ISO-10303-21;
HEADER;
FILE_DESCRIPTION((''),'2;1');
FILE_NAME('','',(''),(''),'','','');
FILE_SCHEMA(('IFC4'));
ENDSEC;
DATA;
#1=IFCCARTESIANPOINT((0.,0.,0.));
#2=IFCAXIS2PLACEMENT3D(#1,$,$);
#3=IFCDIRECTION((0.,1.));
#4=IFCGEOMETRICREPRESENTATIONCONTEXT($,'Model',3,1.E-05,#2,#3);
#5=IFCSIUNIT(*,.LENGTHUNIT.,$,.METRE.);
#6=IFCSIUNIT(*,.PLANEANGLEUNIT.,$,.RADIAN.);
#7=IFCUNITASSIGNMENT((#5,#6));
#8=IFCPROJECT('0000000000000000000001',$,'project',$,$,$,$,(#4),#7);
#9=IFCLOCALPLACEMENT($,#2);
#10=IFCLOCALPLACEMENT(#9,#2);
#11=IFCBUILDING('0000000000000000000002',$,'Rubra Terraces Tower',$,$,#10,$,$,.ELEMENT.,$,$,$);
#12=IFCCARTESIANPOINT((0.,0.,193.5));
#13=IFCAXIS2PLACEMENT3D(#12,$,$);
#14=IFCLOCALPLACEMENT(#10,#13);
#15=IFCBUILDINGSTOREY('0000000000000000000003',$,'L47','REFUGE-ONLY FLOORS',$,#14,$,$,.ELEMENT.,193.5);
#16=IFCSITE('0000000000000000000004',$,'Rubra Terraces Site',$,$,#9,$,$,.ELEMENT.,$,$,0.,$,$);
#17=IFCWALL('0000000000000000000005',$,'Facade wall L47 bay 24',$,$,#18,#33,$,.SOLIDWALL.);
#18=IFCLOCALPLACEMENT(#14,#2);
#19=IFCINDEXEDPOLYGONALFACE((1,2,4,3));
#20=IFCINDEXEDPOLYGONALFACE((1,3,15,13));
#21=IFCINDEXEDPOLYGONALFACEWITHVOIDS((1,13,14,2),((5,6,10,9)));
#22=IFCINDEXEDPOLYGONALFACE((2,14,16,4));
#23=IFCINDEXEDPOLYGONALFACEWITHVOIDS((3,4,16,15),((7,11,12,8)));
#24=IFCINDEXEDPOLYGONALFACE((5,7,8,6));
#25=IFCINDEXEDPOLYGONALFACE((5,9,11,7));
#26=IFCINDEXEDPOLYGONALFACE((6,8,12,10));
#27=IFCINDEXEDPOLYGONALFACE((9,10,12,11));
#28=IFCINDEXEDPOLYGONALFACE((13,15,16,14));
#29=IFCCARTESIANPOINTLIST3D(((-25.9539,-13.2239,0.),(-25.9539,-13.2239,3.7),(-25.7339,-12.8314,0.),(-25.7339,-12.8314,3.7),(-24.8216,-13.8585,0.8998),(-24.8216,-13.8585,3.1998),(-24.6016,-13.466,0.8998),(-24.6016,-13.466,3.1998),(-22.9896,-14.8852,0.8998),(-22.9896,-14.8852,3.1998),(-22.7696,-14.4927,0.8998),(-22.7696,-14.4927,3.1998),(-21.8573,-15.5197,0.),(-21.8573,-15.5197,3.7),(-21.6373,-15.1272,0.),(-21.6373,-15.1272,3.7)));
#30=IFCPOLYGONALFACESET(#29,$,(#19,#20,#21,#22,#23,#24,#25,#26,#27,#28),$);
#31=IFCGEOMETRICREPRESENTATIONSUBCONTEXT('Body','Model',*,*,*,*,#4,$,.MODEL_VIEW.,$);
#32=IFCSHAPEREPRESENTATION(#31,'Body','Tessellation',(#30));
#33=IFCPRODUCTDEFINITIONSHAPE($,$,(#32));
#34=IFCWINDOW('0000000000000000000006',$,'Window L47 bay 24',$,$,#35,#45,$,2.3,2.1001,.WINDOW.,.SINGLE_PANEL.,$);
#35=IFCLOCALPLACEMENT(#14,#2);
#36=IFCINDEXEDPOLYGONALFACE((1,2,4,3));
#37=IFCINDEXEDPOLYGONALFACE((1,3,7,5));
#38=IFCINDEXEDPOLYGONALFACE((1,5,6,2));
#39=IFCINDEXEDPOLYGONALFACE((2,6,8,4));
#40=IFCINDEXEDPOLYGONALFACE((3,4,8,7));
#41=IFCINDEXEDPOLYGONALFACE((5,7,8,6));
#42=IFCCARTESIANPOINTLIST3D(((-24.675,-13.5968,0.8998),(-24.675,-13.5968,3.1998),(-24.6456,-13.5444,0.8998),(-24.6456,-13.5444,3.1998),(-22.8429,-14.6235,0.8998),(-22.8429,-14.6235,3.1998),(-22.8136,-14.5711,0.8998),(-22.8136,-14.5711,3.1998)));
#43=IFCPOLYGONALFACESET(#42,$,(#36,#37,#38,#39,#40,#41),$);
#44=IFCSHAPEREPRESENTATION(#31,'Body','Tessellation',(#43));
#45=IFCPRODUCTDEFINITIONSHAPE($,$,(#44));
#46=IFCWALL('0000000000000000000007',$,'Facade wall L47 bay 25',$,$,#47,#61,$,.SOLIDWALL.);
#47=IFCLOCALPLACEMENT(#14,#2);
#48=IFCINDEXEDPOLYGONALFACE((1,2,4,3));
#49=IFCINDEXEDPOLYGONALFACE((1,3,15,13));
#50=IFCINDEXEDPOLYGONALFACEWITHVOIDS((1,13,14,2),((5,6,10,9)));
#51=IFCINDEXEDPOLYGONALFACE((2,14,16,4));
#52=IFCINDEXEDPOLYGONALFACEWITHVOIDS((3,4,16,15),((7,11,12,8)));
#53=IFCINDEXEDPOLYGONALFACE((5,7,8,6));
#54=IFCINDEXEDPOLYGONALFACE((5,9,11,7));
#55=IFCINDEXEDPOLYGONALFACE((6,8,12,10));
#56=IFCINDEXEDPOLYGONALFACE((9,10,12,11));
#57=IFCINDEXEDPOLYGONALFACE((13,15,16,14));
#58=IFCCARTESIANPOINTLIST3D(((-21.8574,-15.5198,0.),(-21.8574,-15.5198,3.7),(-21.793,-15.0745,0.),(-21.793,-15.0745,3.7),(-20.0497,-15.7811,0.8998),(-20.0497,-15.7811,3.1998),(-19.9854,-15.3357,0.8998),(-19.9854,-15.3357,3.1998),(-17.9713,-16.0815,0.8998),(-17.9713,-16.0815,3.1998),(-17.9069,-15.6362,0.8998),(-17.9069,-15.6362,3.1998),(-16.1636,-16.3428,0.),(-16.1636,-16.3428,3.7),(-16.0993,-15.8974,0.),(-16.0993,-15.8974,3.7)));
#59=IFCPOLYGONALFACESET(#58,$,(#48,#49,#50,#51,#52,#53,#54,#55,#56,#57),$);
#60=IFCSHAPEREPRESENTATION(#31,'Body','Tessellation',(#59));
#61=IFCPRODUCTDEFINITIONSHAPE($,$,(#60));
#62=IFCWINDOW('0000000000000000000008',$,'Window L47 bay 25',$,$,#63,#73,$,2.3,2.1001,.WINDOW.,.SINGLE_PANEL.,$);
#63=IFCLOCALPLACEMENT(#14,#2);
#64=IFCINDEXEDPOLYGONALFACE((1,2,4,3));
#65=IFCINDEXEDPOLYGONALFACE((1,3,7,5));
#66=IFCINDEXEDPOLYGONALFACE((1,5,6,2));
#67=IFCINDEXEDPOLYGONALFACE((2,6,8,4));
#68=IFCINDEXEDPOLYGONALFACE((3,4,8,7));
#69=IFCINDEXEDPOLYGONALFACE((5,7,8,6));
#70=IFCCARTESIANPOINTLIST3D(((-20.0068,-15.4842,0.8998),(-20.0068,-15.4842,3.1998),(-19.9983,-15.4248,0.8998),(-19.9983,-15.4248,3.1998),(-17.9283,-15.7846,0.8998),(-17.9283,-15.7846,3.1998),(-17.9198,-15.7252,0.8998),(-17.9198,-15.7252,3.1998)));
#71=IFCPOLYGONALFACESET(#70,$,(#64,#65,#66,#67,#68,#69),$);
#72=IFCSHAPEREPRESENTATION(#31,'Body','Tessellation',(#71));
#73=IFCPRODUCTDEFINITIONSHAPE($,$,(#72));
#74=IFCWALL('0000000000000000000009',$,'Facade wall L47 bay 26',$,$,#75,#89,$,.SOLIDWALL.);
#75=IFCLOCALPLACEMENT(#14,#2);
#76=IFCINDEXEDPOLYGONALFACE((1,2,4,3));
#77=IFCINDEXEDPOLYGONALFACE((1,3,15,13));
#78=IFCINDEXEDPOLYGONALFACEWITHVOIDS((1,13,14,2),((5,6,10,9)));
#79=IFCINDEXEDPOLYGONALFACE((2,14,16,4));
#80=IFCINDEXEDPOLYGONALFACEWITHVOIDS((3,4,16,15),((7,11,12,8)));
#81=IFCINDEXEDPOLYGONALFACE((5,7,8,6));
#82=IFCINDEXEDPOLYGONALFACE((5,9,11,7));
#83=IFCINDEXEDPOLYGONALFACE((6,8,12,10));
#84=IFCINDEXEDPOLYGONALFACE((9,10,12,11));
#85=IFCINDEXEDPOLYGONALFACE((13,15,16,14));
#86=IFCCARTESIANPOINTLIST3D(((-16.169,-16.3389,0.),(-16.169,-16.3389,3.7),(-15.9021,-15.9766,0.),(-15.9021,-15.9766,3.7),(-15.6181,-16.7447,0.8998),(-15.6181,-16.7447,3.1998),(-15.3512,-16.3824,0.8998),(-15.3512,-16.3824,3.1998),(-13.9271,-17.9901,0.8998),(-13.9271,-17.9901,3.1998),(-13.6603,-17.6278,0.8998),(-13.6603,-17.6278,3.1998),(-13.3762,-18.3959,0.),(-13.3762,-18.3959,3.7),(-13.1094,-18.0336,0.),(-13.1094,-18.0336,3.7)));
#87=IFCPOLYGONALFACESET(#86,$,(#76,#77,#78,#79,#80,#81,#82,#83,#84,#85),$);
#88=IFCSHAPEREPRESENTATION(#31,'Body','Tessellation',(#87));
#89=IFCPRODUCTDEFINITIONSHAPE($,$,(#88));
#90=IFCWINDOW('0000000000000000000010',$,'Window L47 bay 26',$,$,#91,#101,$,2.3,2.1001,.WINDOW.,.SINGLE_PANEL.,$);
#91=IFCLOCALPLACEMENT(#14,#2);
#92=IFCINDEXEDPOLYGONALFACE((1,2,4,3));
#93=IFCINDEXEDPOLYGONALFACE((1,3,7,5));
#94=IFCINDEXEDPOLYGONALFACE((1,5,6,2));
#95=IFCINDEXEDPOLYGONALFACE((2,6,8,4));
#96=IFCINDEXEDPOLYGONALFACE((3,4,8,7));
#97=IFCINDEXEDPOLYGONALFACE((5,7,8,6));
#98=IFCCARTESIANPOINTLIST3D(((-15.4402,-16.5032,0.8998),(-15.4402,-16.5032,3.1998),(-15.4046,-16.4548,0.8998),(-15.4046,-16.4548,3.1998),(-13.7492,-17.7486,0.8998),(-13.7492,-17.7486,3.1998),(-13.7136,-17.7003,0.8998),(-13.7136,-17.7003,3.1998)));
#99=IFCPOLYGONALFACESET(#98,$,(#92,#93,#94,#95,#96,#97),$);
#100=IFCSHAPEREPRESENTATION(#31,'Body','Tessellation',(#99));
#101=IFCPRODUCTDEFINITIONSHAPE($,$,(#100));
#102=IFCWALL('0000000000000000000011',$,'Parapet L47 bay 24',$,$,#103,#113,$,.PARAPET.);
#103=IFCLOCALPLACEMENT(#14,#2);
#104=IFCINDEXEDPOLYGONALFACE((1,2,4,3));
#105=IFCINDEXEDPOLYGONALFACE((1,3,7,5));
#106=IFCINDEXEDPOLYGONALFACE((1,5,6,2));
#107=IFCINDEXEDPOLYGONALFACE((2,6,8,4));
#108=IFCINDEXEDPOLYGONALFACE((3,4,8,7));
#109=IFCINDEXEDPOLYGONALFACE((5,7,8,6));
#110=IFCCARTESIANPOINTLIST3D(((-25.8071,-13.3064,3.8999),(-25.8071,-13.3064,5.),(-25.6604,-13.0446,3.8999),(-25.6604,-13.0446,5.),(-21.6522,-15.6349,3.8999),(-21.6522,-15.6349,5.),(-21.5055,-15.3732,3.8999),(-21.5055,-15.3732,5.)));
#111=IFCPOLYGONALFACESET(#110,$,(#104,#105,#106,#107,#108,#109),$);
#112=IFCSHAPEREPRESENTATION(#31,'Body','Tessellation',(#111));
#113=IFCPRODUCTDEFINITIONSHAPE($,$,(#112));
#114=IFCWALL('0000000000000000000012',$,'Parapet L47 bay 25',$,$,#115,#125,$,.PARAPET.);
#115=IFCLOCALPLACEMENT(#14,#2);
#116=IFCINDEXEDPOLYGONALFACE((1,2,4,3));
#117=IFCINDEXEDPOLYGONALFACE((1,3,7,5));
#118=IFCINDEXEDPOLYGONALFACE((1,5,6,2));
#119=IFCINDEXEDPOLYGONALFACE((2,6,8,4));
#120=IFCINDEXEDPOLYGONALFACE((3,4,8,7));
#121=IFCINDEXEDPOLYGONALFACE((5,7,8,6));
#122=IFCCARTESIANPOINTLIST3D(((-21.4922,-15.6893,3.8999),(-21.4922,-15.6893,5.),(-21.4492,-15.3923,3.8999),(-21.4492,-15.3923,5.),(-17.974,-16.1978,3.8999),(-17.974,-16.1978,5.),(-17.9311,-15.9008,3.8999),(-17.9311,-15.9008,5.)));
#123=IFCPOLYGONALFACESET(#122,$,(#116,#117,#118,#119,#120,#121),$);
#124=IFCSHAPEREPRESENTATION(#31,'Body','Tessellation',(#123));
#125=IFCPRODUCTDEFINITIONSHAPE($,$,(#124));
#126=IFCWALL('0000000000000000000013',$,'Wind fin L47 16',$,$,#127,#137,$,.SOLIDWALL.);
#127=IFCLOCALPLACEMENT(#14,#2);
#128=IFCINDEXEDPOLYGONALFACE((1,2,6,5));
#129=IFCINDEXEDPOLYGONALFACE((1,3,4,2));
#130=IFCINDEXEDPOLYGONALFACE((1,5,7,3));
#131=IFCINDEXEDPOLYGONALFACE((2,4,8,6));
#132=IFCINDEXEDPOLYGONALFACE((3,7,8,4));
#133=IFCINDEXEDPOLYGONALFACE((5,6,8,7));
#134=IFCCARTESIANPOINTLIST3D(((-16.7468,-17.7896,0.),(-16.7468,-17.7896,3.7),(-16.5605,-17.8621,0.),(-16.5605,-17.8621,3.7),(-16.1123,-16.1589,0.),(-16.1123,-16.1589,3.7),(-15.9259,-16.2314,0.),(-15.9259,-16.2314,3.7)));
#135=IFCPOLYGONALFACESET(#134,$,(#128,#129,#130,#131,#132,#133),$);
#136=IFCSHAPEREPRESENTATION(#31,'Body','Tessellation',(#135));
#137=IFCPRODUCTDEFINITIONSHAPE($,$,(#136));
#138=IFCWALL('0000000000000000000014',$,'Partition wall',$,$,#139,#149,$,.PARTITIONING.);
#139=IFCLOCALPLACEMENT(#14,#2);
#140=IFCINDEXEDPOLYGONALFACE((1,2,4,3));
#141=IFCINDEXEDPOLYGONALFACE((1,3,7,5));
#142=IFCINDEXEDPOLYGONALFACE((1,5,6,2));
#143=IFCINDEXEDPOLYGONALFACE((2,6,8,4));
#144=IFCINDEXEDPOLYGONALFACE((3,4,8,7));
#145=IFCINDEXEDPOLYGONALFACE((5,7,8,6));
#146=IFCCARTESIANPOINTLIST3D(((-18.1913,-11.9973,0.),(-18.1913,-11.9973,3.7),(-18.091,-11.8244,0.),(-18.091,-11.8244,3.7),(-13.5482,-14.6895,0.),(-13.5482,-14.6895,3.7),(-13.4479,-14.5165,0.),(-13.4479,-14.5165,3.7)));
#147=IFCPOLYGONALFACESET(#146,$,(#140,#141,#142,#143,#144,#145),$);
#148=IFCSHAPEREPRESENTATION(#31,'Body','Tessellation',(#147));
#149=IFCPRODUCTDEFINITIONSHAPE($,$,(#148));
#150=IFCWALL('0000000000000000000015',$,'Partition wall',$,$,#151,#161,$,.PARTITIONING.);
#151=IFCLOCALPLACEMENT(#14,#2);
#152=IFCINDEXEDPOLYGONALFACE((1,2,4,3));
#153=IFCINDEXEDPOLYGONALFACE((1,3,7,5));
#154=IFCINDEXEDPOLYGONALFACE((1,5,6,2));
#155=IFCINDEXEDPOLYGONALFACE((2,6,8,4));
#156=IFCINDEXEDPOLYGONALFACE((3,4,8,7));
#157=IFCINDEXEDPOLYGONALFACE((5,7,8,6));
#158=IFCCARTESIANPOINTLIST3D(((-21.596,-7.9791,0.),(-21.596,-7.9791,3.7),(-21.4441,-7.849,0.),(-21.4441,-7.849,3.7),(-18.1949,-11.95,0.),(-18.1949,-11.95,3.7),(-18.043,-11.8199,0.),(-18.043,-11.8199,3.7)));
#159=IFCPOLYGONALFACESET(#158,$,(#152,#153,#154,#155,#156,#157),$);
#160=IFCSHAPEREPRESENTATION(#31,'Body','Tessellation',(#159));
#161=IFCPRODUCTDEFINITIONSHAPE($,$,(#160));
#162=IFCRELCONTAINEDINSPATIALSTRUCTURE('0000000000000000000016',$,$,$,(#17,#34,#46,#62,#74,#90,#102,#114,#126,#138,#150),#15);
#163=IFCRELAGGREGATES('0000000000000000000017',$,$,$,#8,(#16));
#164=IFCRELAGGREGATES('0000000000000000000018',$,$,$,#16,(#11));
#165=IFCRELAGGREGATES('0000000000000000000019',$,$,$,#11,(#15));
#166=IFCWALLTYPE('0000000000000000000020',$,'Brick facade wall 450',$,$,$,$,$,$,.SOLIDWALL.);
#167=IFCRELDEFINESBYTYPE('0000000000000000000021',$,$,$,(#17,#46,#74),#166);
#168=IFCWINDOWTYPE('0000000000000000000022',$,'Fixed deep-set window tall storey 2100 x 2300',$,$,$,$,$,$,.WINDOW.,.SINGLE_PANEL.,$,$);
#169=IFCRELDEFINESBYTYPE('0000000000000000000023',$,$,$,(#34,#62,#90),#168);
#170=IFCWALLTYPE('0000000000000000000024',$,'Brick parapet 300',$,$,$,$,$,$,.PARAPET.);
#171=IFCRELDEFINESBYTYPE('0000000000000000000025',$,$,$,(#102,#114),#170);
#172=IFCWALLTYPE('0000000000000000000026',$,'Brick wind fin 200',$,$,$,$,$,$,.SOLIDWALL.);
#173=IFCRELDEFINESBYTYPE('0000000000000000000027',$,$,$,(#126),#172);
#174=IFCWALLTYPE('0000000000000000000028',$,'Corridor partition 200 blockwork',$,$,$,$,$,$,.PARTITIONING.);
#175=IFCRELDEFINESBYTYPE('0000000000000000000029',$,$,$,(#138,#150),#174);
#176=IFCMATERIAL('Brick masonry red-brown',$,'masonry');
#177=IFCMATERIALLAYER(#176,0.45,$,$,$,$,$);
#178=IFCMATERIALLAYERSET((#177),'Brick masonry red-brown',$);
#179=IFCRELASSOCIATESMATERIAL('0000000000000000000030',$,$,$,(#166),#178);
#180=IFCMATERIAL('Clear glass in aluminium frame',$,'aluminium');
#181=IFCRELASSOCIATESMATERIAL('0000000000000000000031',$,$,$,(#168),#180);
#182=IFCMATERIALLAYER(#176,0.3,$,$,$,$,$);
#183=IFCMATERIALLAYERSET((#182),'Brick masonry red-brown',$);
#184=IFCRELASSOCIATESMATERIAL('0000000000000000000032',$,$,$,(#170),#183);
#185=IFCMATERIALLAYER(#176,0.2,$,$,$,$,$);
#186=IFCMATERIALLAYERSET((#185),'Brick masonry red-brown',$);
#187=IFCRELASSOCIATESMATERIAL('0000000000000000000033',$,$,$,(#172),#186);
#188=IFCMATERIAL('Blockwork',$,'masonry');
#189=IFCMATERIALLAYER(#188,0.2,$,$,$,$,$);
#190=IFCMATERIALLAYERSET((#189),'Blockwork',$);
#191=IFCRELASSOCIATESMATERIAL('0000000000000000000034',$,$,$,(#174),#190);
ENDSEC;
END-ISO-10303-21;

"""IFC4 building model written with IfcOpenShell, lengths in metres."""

from ifc_helpers import new_model, si_unit, direction, frame, frame_2d, origin, place, context, subcontext, project, spatial, rectangle, extrude, material, layer, layer_set, type_object, element, fill, save


model = new_model("IFC4")

# Units and contexts
model_context = context("Model", 3, precision=1e-05, world=origin(), true_north=direction((0.0, 1.0)))
body_context = subcontext(model_context, "Body", "Model", "MODEL_VIEW")
ifc_project = project(units=[si_unit("LENGTHUNIT", "METRE"), si_unit("PLANEANGLEUNIT", "RADIAN")], contexts=[model_context])

# Site, building, storey
site_placement = place(None, origin())
site = spatial("IfcSite", under=ifc_project, at=site_placement, Name="Rubra Terraces Site", CompositionType="ELEMENT", RefElevation=0.0)
building_placement = place(site_placement, origin())
building = spatial("IfcBuilding", under=site, at=building_placement, Name="Rubra Terraces Tower", CompositionType="ELEMENT")
storey_placement = place(building_placement, frame((0.0, 0.0, 193.5)))
storey = spatial("IfcBuildingStorey", under=building, at=storey_placement, Name="L47", Description="REFUGE-ONLY FLOORS", CompositionType="ELEMENT", Elevation=193.5)

# Walls, openings, windows
ifc_material_1 = material(Name="Brick masonry red-brown", Category="masonry")
ifc_layer_1 = layer(ifc_material_1, 0.45)
ifc_layer_set_1 = layer_set([ifc_layer_1], Name="Brick masonry red-brown")
wall_type_1 = type_object("IfcWallType", Name="Brick facade wall 450", PredefinedType="SOLIDWALL", material=ifc_layer_set_1)
wall_1_placement = place(storey_placement, frame((-25.844, -13.0276, 0.0), z_axis=(0.0, 0.0, 1.0), x_axis=(0.872346, -0.488888, 0.0)))
wall_1 = element("IfcWall", 1, at=wall_1_placement, inside=storey, type_object=wall_type_1, Name="Facade wall L47 bay 24", PredefinedType="SOLIDWALL", context=body_context, shape_type="SweptSolid", body=[
    extrude(rectangle(XDim=4.696, YDim=0.45, at=frame_2d((2.3481, 0.0))), origin(), (0.0, 0.0, 1.0), 3.7),
])
opening_1_placement = place(wall_1_placement, frame((1.2981, 0.0, 0.8999)))
opening_1 = element("IfcOpeningElement", 2, at=opening_1_placement, cuts=wall_1, PredefinedType="OPENING", context=body_context, shape_type="SweptSolid", body=[
    extrude(rectangle(XDim=2.1001, YDim=2.3, at=frame_2d((1.05, 1.1499))), frame((0.0, 0.2349, 0.0), z_axis=(0.0, -1.0, 0.0), x_axis=(1.0, 0.0, 0.0)), (0.0, 0.0, 1.0), 0.47),
])
ifc_material_2 = material(Name="Clear glass in aluminium frame", Category="aluminium")
window_type = type_object("IfcWindowType", Name="Fixed deep-set window tall storey 2100 x 2300", PartitioningType="SINGLE_PANEL", PredefinedType="WINDOW", material=ifc_material_2)
window_1_placement = place(opening_1_placement, origin())
window_1 = element("IfcWindow", 3, at=window_1_placement, inside=storey, type_object=window_type, Name="Window L47 bay 24", OverallHeight=2.3, OverallWidth=2.1001, PartitioningType="SINGLE_PANEL", PredefinedType="WINDOW", context=body_context, shape_type="SweptSolid", body=[
    extrude(rectangle(XDim=2.1001, YDim=2.3, at=frame_2d((1.05, 1.1499))), frame((0.0, 0.135, 0.0), z_axis=(0.0, -1.0, 0.0), x_axis=(1.0, 0.0, 0.0)), (0.0, 0.0, 1.0), 0.0601),
])
fill(opening_1, window_1)
wall_2_placement = place(storey_placement, frame((-21.8252, -15.2971, 0.0), z_axis=(0.0, 0.0, 1.0), x_axis=(0.989715, -0.143055, 0.0)))
wall_2 = element("IfcWall", 4, at=wall_2_placement, inside=storey, type_object=wall_type_1, Name="Facade wall L47 bay 25", PredefinedType="SOLIDWALL", context=body_context, shape_type="SweptSolid", body=[
    extrude(rectangle(XDim=5.7529, YDim=0.45, at=frame_2d((2.8765, 0.0))), origin(), (0.0, 0.0, 1.0), 3.7),
])
opening_2_placement = place(wall_2_placement, frame((1.8264, 0.0, 0.8999)))
opening_2 = element("IfcOpeningElement", 5, at=opening_2_placement, cuts=wall_2, PredefinedType="OPENING", context=body_context, shape_type="SweptSolid", body=[
    extrude(rectangle(XDim=2.1001, YDim=2.3, at=frame_2d((1.05, 1.1499))), frame((0.0, 0.2349, 0.0), z_axis=(0.0, -1.0, 0.0), x_axis=(1.0, 0.0, 0.0)), (0.0, 0.0, 1.0), 0.47),
])
window_2_placement = place(opening_2_placement, origin())
window_2 = element("IfcWindow", 6, at=window_2_placement, inside=storey, type_object=window_type, Name="Window L47 bay 25", OverallHeight=2.3, OverallWidth=2.1001, PartitioningType="SINGLE_PANEL", PredefinedType="WINDOW", context=body_context, shape_type="SweptSolid", body=[
    extrude(rectangle(XDim=2.1001, YDim=2.3, at=frame_2d((1.05, 1.1499))), frame((0.0, 0.135, 0.0), z_axis=(0.0, -1.0, 0.0), x_axis=(1.0, 0.0, 0.0)), (0.0, 0.0, 1.0), 0.0601),
])
fill(opening_2, window_2)
wall_3_placement = place(storey_placement, frame((-16.0356, -16.1577, 0.0), z_axis=(0.0, 0.0, 1.0), x_axis=(0.805181, -0.593029, 0.0)))
wall_3 = element("IfcWall", 7, at=wall_3_placement, inside=storey, type_object=wall_type_1, Name="Facade wall L47 bay 26", PredefinedType="SOLIDWALL", context=body_context, shape_type="SweptSolid", body=[
    extrude(rectangle(XDim=3.4685, YDim=0.45, at=frame_2d((1.7344, 0.0))), origin(), (0.0, 0.0, 1.0), 3.7),
])
opening_3_placement = place(wall_3_placement, frame((0.6843, 0.0, 0.8999)))
opening_3 = element("IfcOpeningElement", 8, at=opening_3_placement, cuts=wall_3, PredefinedType="OPENING", context=body_context, shape_type="SweptSolid", body=[
    extrude(rectangle(XDim=2.1001, YDim=2.3, at=frame_2d((1.05, 1.1499))), frame((0.0, 0.2349, 0.0), z_axis=(0.0, -1.0, 0.0), x_axis=(1.0, 0.0, 0.0)), (0.0, 0.0, 1.0), 0.47),
])
window_3_placement = place(opening_3_placement, origin())
window_3 = element("IfcWindow", 9, at=window_3_placement, inside=storey, type_object=window_type, Name="Window L47 bay 26", OverallHeight=2.3, OverallWidth=2.1001, PartitioningType="SINGLE_PANEL", PredefinedType="WINDOW", context=body_context, shape_type="SweptSolid", body=[
    extrude(rectangle(XDim=2.1001, YDim=2.3, at=frame_2d((1.05, 1.1499))), frame((0.0, 0.135, 0.0), z_axis=(0.0, -1.0, 0.0), x_axis=(1.0, 0.0, 0.0)), (0.0, 0.0, 1.0), 0.0601),
])
fill(opening_3, window_3)

# Walls
ifc_layer_2 = layer(ifc_material_1, 0.3)
ifc_layer_set_2 = layer_set([ifc_layer_2], Name="Brick masonry red-brown")
wall_type_2 = type_object("IfcWallType", Name="Brick parapet 300", PredefinedType="PARAPET", material=ifc_layer_set_2)
wall_4_placement = place(storey_placement, frame((-25.7336, -13.1755, 3.8999), z_axis=(0.0, 0.0, 1.0), x_axis=(0.872345, -0.488891, 0.0)))
element("IfcWall", 10, at=wall_4_placement, inside=storey, type_object=wall_type_2, Name="Parapet L47 bay 24", PredefinedType="PARAPET", context=body_context, shape_type="SweptSolid", body=[
    extrude(rectangle(XDim=4.7629, YDim=0.3, at=frame_2d((2.3813, 0.0))), origin(), (0.0, 0.0, 1.0), 1.1001),
])
wall_5_placement = place(storey_placement, frame((-21.4707, -15.5408, 3.8999), z_axis=(0.0, 0.0, 1.0), x_axis=(0.989713, -0.143065, 0.0)))
element("IfcWall", 11, at=wall_5_placement, inside=storey, type_object=wall_type_2, Name="Parapet L47 bay 25", PredefinedType="PARAPET", context=body_context, shape_type="SweptSolid", body=[
    extrude(rectangle(XDim=3.5547, YDim=0.3, at=frame_2d((1.7773, 0.0))), origin(), (0.0, 0.0, 1.0), 1.1001),
])
ifc_layer_3 = layer(ifc_material_1, 0.2)
ifc_layer_set_3 = layer_set([ifc_layer_3], Name="Brick masonry red-brown")
wall_type_3 = type_object("IfcWallType", Name="Brick wind fin 200", PredefinedType="SOLIDWALL", material=ifc_layer_set_3)
wall_6_placement = place(storey_placement, frame((-16.019, -16.1951, 0.0), z_axis=(0.0, 0.0, 1.0), x_axis=(-0.362642, -0.931929, 0.0)))
element("IfcWall", 12, at=wall_6_placement, inside=storey, type_object=wall_type_3, Name="Wind fin L47 16", PredefinedType="SOLIDWALL", context=body_context, shape_type="SweptSolid", body=[
    extrude(rectangle(XDim=1.7498, YDim=0.2, at=frame_2d((0.875, 0.0))), origin(), (0.0, 0.0, 1.0), 3.7),
])
ifc_material_3 = material(Name="Blockwork", Category="masonry")
ifc_layer_4 = layer(ifc_material_3, 0.2)
ifc_layer_set_4 = layer_set([ifc_layer_4], Name="Blockwork")
wall_type_4 = type_object("IfcWallType", Name="Corridor partition 200 blockwork", PredefinedType="PARTITIONING", material=ifc_layer_set_4)
wall_7_placement = place(storey_placement, frame((-13.498, -14.603, 0.0), z_axis=(0.0, 0.0, 1.0), x_axis=(-0.865099, 0.501601, 0.0)))
element("IfcWall", 13, at=wall_7_placement, inside=storey, type_object=wall_type_4, Name="Partition wall", PredefinedType="PARTITIONING", context=body_context, shape_type="SweptSolid", body=[
    extrude(rectangle(XDim=5.3672, YDim=0.2, at=frame_2d((2.6836, 0.0))), origin(), (0.0, 0.0, 1.0), 3.7),
])
wall_8_placement = place(storey_placement, frame((-18.1189, -11.885, 0.0), z_axis=(0.0, 0.0, 1.0), x_axis=(-0.650511, 0.759497, 0.0)))
element("IfcWall", 14, at=wall_8_placement, inside=storey, type_object=wall_type_4, Name="Partition wall", PredefinedType="PARTITIONING", context=body_context, shape_type="SweptSolid", body=[
    extrude(rectangle(XDim=5.2283, YDim=0.2, at=frame_2d((2.6143, 0.0))), origin(), (0.0, 0.0, 1.0), 3.7),
])

save(model, "model.ifc")
